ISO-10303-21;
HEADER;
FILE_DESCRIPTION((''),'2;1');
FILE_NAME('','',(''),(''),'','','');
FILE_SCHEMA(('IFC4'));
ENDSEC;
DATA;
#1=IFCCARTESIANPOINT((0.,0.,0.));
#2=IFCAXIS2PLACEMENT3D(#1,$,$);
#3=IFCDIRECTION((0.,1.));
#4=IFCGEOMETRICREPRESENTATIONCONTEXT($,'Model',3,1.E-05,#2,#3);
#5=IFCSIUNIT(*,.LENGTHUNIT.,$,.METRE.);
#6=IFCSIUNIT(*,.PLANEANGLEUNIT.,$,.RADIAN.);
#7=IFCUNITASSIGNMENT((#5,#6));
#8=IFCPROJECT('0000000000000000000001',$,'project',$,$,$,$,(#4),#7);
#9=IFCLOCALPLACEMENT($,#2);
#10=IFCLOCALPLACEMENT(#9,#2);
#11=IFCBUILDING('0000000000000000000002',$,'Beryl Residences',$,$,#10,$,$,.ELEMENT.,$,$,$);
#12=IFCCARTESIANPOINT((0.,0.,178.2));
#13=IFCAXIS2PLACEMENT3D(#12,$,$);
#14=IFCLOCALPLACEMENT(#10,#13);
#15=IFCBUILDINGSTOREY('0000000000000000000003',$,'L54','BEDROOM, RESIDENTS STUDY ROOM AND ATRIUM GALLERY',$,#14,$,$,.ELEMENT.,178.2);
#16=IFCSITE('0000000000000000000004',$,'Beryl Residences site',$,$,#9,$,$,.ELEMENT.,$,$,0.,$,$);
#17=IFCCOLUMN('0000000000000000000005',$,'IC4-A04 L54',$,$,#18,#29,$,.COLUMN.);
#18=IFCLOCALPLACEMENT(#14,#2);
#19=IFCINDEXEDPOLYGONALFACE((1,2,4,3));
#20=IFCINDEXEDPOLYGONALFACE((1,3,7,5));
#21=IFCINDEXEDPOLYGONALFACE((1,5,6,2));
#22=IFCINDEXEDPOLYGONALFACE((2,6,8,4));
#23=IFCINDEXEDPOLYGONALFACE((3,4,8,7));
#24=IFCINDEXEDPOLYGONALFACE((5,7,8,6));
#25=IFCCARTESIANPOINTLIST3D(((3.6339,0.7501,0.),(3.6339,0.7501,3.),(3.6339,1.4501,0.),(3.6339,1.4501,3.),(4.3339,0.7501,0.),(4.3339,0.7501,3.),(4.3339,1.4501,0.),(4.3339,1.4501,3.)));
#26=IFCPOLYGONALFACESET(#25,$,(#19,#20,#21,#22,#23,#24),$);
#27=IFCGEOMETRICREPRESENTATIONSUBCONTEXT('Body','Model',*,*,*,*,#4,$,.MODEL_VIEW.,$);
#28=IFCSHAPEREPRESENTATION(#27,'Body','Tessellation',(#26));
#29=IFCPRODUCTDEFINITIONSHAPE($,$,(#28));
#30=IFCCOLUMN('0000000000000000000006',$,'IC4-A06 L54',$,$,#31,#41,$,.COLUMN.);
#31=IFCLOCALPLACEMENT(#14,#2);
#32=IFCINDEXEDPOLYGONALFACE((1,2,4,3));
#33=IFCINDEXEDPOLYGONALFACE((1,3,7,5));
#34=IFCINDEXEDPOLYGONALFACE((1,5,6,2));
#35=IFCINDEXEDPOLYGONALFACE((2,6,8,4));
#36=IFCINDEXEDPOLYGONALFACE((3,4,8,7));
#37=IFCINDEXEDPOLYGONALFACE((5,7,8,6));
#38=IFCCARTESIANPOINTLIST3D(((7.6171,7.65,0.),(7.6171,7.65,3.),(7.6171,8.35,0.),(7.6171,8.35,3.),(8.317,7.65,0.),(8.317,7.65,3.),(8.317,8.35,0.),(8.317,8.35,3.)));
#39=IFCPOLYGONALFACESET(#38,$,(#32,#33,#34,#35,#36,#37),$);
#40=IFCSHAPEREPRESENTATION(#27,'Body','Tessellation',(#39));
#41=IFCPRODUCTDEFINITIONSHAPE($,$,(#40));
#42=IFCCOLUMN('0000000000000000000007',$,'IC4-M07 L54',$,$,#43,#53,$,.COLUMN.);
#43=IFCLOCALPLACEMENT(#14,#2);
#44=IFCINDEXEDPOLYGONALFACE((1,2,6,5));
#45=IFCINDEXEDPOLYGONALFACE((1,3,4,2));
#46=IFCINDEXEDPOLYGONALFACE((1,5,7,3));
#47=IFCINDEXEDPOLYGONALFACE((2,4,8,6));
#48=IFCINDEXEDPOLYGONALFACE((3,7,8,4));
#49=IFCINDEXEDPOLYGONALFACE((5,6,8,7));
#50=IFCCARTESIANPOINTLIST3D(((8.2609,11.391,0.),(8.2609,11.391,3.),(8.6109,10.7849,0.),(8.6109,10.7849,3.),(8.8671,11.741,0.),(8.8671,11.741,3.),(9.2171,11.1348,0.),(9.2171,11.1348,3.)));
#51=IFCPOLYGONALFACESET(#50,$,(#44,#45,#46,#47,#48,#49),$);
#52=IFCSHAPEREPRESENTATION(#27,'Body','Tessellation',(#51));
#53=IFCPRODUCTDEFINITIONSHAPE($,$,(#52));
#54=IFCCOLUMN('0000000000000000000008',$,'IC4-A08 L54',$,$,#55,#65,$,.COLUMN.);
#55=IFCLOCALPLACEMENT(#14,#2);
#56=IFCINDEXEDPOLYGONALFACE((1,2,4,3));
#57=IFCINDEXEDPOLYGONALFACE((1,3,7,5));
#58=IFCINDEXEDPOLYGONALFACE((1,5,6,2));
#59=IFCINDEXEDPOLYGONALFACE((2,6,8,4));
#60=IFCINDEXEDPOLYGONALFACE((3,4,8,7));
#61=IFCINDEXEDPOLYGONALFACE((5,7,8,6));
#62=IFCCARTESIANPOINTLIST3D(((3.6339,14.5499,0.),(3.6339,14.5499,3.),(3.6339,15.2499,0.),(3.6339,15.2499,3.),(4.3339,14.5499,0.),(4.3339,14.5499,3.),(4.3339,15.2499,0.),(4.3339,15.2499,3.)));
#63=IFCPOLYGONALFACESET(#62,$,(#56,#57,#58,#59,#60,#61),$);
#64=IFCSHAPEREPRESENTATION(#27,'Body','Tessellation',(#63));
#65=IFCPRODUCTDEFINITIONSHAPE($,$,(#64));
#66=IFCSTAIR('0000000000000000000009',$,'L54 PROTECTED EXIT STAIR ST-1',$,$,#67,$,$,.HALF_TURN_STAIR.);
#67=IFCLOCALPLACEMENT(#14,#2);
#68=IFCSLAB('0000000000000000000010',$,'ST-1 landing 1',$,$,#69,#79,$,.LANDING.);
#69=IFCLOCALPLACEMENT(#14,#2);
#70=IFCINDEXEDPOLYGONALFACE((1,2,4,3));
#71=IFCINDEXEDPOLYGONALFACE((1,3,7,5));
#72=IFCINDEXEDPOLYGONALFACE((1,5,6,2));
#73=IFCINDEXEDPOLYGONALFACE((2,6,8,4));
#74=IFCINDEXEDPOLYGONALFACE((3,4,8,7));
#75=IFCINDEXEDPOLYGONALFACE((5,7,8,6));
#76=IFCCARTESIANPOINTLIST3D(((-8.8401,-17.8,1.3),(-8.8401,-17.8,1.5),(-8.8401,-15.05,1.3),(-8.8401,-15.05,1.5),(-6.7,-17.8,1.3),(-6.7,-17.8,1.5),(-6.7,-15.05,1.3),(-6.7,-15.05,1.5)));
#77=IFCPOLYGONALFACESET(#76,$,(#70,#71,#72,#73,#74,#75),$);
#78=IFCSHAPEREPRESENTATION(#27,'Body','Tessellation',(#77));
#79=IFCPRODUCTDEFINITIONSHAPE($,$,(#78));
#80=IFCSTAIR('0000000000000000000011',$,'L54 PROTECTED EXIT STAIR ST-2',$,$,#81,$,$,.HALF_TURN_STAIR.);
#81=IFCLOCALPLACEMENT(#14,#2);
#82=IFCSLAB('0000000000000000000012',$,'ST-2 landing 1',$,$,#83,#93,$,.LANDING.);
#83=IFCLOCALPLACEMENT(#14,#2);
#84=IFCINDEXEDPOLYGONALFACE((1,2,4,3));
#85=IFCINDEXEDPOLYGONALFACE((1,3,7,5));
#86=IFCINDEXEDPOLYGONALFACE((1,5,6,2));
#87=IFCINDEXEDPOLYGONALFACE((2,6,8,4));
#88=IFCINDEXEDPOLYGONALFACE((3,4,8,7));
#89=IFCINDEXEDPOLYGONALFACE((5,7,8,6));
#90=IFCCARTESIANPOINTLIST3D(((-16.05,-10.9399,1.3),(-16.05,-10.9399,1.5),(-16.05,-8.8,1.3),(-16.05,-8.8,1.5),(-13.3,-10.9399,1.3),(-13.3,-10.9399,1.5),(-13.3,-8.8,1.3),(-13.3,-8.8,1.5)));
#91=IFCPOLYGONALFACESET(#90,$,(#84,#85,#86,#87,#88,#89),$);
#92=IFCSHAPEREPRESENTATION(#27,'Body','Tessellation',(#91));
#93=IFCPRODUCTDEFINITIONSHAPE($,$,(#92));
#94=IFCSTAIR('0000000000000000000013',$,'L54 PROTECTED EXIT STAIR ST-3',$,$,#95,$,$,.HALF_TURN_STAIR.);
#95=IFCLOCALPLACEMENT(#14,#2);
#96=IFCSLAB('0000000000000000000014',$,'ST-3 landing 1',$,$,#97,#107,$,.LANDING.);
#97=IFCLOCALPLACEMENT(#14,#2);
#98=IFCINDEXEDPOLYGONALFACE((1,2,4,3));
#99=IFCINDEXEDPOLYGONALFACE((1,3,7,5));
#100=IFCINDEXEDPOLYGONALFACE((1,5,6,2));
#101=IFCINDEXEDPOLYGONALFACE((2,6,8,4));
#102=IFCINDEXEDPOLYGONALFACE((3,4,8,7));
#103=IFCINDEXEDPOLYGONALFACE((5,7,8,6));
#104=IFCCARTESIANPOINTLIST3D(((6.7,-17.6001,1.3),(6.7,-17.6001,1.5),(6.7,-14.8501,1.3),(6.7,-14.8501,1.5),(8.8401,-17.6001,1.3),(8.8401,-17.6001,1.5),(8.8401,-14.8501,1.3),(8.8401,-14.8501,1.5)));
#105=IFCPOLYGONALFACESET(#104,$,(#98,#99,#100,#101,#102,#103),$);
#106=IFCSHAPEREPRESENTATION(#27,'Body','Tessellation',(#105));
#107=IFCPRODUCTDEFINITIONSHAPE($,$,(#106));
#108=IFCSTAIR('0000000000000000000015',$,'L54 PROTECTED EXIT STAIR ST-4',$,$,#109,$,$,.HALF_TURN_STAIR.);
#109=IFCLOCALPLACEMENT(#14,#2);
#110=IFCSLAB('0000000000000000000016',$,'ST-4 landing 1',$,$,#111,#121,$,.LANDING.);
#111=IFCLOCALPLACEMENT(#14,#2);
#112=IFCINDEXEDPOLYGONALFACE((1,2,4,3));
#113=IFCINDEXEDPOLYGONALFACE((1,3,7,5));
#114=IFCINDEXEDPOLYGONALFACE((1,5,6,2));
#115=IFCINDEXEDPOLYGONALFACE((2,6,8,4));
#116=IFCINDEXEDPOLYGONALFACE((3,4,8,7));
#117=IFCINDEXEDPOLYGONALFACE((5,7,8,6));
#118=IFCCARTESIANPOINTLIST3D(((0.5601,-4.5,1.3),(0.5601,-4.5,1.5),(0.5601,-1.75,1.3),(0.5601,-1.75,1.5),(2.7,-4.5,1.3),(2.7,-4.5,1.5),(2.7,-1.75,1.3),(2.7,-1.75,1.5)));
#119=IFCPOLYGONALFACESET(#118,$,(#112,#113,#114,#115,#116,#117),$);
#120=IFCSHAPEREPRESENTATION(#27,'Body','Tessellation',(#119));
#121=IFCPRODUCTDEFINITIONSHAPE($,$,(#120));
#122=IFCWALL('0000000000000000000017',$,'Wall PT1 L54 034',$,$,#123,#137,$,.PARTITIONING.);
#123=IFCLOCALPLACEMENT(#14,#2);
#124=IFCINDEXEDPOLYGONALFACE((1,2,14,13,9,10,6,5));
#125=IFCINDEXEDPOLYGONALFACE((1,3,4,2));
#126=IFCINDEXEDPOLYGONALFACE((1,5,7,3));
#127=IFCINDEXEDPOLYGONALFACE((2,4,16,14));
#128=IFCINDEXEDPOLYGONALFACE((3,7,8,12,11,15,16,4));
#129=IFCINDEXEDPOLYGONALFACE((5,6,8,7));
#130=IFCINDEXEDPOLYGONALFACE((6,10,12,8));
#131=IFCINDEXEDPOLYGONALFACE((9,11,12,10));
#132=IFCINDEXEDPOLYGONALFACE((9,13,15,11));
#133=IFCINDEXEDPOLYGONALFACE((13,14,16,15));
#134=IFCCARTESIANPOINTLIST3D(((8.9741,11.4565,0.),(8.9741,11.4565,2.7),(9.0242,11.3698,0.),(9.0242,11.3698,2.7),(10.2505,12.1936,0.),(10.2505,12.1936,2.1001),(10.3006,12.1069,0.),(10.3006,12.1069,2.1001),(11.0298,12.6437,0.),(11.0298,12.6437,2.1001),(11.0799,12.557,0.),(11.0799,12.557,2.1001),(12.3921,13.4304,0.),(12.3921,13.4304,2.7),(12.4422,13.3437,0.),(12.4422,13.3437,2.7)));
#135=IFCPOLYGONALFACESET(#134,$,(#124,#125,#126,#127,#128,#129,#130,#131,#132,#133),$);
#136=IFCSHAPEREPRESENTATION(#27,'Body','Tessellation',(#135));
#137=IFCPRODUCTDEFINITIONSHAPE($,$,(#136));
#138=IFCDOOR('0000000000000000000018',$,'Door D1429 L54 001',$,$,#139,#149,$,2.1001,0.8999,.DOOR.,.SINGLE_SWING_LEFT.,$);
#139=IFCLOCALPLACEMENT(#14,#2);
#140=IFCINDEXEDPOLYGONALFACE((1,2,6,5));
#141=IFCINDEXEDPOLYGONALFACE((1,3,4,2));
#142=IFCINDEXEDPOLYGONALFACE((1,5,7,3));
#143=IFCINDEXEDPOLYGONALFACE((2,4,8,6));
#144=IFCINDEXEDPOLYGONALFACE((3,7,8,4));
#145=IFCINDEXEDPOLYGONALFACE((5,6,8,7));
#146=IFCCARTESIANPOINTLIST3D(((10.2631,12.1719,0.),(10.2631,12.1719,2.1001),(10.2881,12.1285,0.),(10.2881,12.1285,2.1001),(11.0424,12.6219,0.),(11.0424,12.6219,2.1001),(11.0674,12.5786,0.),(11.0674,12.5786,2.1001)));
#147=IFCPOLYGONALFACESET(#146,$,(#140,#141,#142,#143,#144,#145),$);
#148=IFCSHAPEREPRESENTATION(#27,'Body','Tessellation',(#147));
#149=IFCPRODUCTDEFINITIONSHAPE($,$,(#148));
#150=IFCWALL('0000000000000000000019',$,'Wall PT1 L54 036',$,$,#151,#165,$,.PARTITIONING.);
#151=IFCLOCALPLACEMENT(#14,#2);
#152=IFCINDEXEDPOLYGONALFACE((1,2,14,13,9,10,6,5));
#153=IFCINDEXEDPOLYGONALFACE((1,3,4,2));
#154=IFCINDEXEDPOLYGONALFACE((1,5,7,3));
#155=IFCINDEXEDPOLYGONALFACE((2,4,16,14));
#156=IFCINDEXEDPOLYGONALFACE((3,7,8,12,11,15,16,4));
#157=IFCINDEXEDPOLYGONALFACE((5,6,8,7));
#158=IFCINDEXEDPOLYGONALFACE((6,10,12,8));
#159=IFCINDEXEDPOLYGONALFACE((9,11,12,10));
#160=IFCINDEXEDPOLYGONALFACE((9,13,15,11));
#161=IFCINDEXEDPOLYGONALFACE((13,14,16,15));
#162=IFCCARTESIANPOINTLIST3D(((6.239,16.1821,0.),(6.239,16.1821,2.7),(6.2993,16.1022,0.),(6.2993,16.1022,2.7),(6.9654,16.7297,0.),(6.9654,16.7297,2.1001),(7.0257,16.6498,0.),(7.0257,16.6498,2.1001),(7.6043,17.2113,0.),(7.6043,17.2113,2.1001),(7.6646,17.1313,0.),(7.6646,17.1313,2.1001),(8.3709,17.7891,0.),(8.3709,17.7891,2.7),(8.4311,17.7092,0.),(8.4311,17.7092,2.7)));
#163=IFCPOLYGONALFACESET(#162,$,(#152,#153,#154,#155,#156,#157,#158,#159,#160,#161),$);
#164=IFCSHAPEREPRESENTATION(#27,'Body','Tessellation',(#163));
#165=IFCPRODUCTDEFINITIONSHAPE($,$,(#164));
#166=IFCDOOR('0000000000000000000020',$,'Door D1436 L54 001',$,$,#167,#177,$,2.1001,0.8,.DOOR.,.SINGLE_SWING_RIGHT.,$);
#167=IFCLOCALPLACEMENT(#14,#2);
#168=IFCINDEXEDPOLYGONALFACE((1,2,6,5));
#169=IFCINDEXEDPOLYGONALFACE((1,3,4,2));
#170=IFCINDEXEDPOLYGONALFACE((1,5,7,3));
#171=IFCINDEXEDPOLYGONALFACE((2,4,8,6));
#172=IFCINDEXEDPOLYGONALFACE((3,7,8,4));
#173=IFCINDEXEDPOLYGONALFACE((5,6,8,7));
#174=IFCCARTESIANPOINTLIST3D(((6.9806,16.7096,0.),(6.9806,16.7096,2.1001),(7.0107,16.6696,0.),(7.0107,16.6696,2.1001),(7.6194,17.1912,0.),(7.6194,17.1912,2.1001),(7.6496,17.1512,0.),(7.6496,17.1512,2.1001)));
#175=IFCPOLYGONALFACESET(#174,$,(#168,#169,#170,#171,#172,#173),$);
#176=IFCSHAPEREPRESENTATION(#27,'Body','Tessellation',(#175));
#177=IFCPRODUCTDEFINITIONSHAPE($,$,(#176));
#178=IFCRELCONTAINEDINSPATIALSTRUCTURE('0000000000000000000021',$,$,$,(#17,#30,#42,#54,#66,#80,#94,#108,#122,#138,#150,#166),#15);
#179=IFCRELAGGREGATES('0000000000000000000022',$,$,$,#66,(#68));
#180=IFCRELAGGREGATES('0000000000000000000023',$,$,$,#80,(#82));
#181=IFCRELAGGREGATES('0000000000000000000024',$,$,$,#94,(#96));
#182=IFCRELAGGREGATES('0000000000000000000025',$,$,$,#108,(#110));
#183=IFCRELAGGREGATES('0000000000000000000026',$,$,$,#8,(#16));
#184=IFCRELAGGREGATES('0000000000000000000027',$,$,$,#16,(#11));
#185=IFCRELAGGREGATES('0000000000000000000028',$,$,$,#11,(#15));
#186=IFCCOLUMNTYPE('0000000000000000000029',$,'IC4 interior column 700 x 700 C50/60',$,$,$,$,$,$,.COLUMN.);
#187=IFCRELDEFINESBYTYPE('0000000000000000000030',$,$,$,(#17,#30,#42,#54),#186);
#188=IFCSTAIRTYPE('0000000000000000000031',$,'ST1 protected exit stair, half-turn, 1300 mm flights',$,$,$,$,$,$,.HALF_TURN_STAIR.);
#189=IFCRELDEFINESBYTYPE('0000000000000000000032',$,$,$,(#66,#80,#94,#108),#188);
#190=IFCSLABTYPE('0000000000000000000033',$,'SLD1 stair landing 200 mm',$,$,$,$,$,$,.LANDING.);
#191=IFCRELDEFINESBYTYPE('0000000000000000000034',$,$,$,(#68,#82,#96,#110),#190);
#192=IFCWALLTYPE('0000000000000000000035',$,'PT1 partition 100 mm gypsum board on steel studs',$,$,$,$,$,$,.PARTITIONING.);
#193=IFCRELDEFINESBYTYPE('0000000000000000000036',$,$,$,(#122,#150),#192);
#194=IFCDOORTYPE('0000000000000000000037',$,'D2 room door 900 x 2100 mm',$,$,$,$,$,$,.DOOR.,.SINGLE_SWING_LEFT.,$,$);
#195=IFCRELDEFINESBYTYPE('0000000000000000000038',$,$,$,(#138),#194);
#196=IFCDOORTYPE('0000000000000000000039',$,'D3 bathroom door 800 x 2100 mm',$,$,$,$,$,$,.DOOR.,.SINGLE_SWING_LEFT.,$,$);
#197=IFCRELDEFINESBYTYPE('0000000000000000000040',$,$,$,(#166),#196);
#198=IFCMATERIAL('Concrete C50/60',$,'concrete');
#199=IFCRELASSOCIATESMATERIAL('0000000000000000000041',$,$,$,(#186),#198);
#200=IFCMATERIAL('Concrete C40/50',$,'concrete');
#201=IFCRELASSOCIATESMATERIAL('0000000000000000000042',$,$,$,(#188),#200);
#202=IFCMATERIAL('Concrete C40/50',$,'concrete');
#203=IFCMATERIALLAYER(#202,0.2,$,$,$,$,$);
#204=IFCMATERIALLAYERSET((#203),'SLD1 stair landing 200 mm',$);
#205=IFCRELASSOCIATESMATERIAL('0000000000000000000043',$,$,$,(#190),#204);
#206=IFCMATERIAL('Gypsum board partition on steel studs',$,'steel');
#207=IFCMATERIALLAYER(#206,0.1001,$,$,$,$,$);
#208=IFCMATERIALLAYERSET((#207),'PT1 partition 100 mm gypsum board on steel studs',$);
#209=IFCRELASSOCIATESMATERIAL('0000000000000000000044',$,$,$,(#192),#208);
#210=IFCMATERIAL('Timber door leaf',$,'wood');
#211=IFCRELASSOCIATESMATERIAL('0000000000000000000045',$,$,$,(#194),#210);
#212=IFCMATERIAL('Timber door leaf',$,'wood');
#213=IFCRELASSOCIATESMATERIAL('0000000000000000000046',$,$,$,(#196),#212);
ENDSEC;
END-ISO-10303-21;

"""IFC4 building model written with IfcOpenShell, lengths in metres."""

from ifc_helpers import new_model, si_unit, direction, frame, frame_2d, origin, origin_2d, place, context, subcontext, project, spatial, polyline, rectangle, outline, extrude, material, layer, layer_set, material_profile, profile_set, type_object, element, fill, aggregate, save


model = new_model("IFC4")

# Units and contexts
model_context = context("Model", 3, precision=1e-05, world=origin(), true_north=direction((0.0, 1.0)))
body_context = subcontext(model_context, "Body", "Model", "MODEL_VIEW")
ifc_project = project(units=[si_unit("LENGTHUNIT", "METRE"), si_unit("PLANEANGLEUNIT", "RADIAN")], contexts=[model_context])

# Site, building, storey
site_placement = place(None, origin())
site = spatial("IfcSite", under=ifc_project, at=site_placement, Name="Beryl Residences site", CompositionType="ELEMENT", RefElevation=0.0)
building_placement = place(site_placement, origin())
building = spatial("IfcBuilding", under=site, at=building_placement, Name="Beryl Residences", CompositionType="ELEMENT")
storey_placement = place(building_placement, frame((0.0, 0.0, 178.2)))
storey = spatial("IfcBuildingStorey", under=building, at=storey_placement, Name="L54", Description="BEDROOM, RESIDENTS STUDY ROOM AND ATRIUM GALLERY", CompositionType="ELEMENT", Elevation=178.2)

# Columns
ifc_material_1 = material(Name="Concrete C50/60", Category="concrete")
ifc_material_profile = material_profile(ifc_material_1, rectangle(XDim=0.7, YDim=0.7, at=origin_2d()))
ifc_profile_set = profile_set([ifc_material_profile], Name="Concrete C50/60")
column_type = type_object("IfcColumnType", Name="IC4 interior column 700 x 700 C50/60", PredefinedType="COLUMN", material=ifc_profile_set)
for number, where, z_axis, x_axis, name in (
    (1, (3.9839, 1.1001, 0.0), (0.0, 0.0, 1.0), (1.0, 0.0, 0.0), "IC4-A04 L54"),
    (2, (7.967, 8.0, 0.0), (0.0, 0.0, 1.0), (1.0, 0.0, 0.0), "IC4-A06 L54"),
    (3, (8.739, 11.2629, 0.0), (0.0, 0.0, 1.0), (-0.5, 0.866025, 0.0), "IC4-M07 L54"),
    (4, (3.9839, 14.8999, 0.0), (0.0, 0.0, 1.0), (1.0, 0.0, 0.0), "IC4-A08 L54"),
):
    element("IfcColumn", number, at=place(storey_placement, frame(where, z_axis=z_axis, x_axis=x_axis)), inside=storey, type_object=column_type, Name=name, PredefinedType="COLUMN", context=body_context, shape_type="SweptSolid", body=[
        extrude(rectangle(XDim=0.7, YDim=0.7, at=origin_2d()), origin(), (0.0, 0.0, 1.0), 3.0),
    ])

# Stairs, slabs
ifc_material_2 = material(Name="Concrete C40/50", Category="concrete")
stair_type = type_object("IfcStairType", Name="ST1 protected exit stair, half-turn, 1300 mm flights", PredefinedType="HALF_TURN_STAIR", material=ifc_material_2)
stair_1_placement = place(storey_placement, origin())
stair_1 = element("IfcStair", 5, at=stair_1_placement, inside=storey, type_object=stair_type, Name="L54 PROTECTED EXIT STAIR ST-1", PredefinedType="HALF_TURN_STAIR")
ifc_material_3 = material(Name="Concrete C40/50", Category="concrete")
ifc_layer_1 = layer(ifc_material_3, 0.2)
ifc_layer_set_1 = layer_set([ifc_layer_1], Name="SLD1 stair landing 200 mm")
slab_type_1 = type_object("IfcSlabType", Name="SLD1 stair landing 200 mm", PredefinedType="LANDING", material=ifc_layer_set_1)
slab_1_placement = place(storey_placement, frame((0.0, 0.0, 1.3)))
slab_1 = element("IfcSlab", 6, at=slab_1_placement, type_object=slab_type_1, Name="ST-1 landing 1", PredefinedType="LANDING", context=body_context, shape_type="SweptSolid", body=[
    extrude(outline(polyline([(-8.8401, -17.8), (-6.7, -17.8), (-6.7, -15.05), (-8.8401, -15.05), (-8.8401, -17.8)])), origin(), (0.0, 0.0, 1.0), 0.2),
])
aggregate(stair_1, [slab_1])
stair_2_placement = place(storey_placement, origin())
stair_2 = element("IfcStair", 7, at=stair_2_placement, inside=storey, type_object=stair_type, Name="L54 PROTECTED EXIT STAIR ST-2", PredefinedType="HALF_TURN_STAIR")
slab_2_placement = place(storey_placement, frame((0.0, 0.0, 1.3)))
slab_2 = element("IfcSlab", 8, at=slab_2_placement, type_object=slab_type_1, Name="ST-2 landing 1", PredefinedType="LANDING", context=body_context, shape_type="SweptSolid", body=[
    extrude(outline(polyline([(-13.3, -10.9399), (-13.3, -8.8), (-16.05, -8.8), (-16.05, -10.9399), (-13.3, -10.9399)])), origin(), (0.0, 0.0, 1.0), 0.2),
])
aggregate(stair_2, [slab_2])
stair_3_placement = place(storey_placement, origin())
stair_3 = element("IfcStair", 9, at=stair_3_placement, inside=storey, type_object=stair_type, Name="L54 PROTECTED EXIT STAIR ST-3", PredefinedType="HALF_TURN_STAIR")
slab_3_placement = place(storey_placement, frame((0.0, 0.0, 1.3)))
slab_3 = element("IfcSlab", 10, at=slab_3_placement, type_object=slab_type_1, Name="ST-3 landing 1", PredefinedType="LANDING", context=body_context, shape_type="SweptSolid", body=[
    extrude(outline(polyline([(8.8401, -14.8501), (6.7, -14.8501), (6.7, -17.6001), (8.8401, -17.6001), (8.8401, -14.8501)])), origin(), (0.0, 0.0, 1.0), 0.2),
])
aggregate(stair_3, [slab_3])
stair_4_placement = place(storey_placement, origin())
stair_4 = element("IfcStair", 11, at=stair_4_placement, inside=storey, type_object=stair_type, Name="L54 PROTECTED EXIT STAIR ST-4", PredefinedType="HALF_TURN_STAIR")
slab_4_placement = place(storey_placement, frame((0.0, 0.0, 1.3)))
slab_4 = element("IfcSlab", 12, at=slab_4_placement, type_object=slab_type_1, Name="ST-4 landing 1", PredefinedType="LANDING", context=body_context, shape_type="SweptSolid", body=[
    extrude(outline(polyline([(0.5601, -4.5), (2.7, -4.5), (2.7, -1.75), (0.5601, -1.75), (0.5601, -4.5)])), origin(), (0.0, 0.0, 1.0), 0.2),
])
aggregate(stair_4, [slab_4])

# Walls, openings, doors
ifc_material_4 = material(Name="Gypsum board partition on steel studs", Category="steel")
ifc_layer_2 = layer(ifc_material_4, 0.1001)
ifc_layer_set_2 = layer_set([ifc_layer_2], Name="PT1 partition 100 mm gypsum board on steel studs")
wall_type_1 = type_object("IfcWallType", Name="PT1 partition 100 mm gypsum board on steel studs", PredefinedType="PARTITIONING", material=ifc_layer_set_2)
wall_1_placement = place(storey_placement, frame((8.999, 11.4131, 0.0), z_axis=(0.0, 0.0, 1.0), x_axis=(0.865969, 0.500097, 0.0)))
wall_1 = element("IfcWall", 13, at=wall_1_placement, inside=storey, type_object=wall_type_1, Name="Wall PT1 L54 034", PredefinedType="PARTITIONING", context=body_context, shape_type="SweptSolid", body=[
    extrude(rectangle(XDim=3.947, YDim=0.1001, at=frame_2d((1.9736, 0.0))), origin(), (0.0, 0.0, 1.0), 2.7),
])
opening_1_placement = place(wall_1_placement, frame((1.4741, 0.0, 0.0)))
opening_1 = element("IfcOpeningElement", 14, at=opening_1_placement, cuts=wall_1, PredefinedType="OPENING", context=body_context, shape_type="SweptSolid", body=[
    extrude(rectangle(XDim=0.8999, YDim=2.1001, at=frame_2d((0.45, 1.05))), frame((0.0, 0.0601, 0.0), z_axis=(0.0, -1.0, 0.0), x_axis=(1.0, 0.0, 0.0)), (0.0, 0.0, 1.0), 0.1201),
])
ifc_material_5 = material(Name="Timber door leaf", Category="wood")
door_type_1 = type_object("IfcDoorType", Name="D2 room door 900 x 2100 mm", OperationType="SINGLE_SWING_LEFT", PredefinedType="DOOR", material=ifc_material_5)
door_1_placement = place(opening_1_placement, origin())
door_1 = element("IfcDoor", 15, at=door_1_placement, inside=storey, type_object=door_type_1, Name="Door D1429 L54 001", OperationType="SINGLE_SWING_LEFT", OverallHeight=2.1001, OverallWidth=0.8999, PredefinedType="DOOR", context=body_context, shape_type="SweptSolid", body=[
    extrude(rectangle(XDim=0.8999, YDim=2.1001, at=frame_2d((0.45, 1.05))), frame((0.0, 0.0249, 0.0), z_axis=(0.0, -1.0, 0.0), x_axis=(1.0, 0.0, 0.0)), (0.0, 0.0, 1.0), 0.05),
])
fill(opening_1, door_1)
wall_2_placement = place(storey_placement, frame((6.269, 16.1421, 0.0), z_axis=(0.0, 0.0, 1.0), x_axis=(0.798549, 0.60193, 0.0)))
wall_2 = element("IfcWall", 16, at=wall_2_placement, inside=storey, type_object=wall_type_1, Name="Wall PT1 L54 036", PredefinedType="PARTITIONING", context=body_context, shape_type="SweptSolid", body=[
    extrude(rectangle(XDim=2.6697, YDim=0.1001, at=frame_2d((1.335, 0.0))), origin(), (0.0, 0.0, 1.0), 2.7),
])
opening_2_placement = place(wall_2_placement, frame((0.9099, 0.0, 0.0)))
opening_2 = element("IfcOpeningElement", 17, at=opening_2_placement, cuts=wall_2, PredefinedType="OPENING", context=body_context, shape_type="SweptSolid", body=[
    extrude(rectangle(XDim=0.8, YDim=2.1001, at=frame_2d((0.3999, 1.05))), frame((0.0, 0.0601, 0.0), z_axis=(0.0, -1.0, 0.0), x_axis=(1.0, 0.0, 0.0)), (0.0, 0.0, 1.0), 0.1201),
])
ifc_material_6 = material(Name="Timber door leaf", Category="wood")
door_type_2 = type_object("IfcDoorType", Name="D3 bathroom door 800 x 2100 mm", OperationType="SINGLE_SWING_LEFT", PredefinedType="DOOR", material=ifc_material_6)
door_2_placement = place(opening_2_placement, origin())
door_2 = element("IfcDoor", 18, at=door_2_placement, inside=storey, type_object=door_type_2, Name="Door D1436 L54 001", OperationType="SINGLE_SWING_RIGHT", OverallHeight=2.1001, OverallWidth=0.8, PredefinedType="DOOR", context=body_context, shape_type="SweptSolid", body=[
    extrude(rectangle(XDim=0.8, YDim=2.1001, at=frame_2d((0.3999, 1.05))), frame((0.0, 0.0249, 0.0), z_axis=(0.0, -1.0, 0.0), x_axis=(1.0, 0.0, 0.0)), (0.0, 0.0, 1.0), 0.05),
])
fill(opening_2, door_2)

save(model, "model.ifc")
